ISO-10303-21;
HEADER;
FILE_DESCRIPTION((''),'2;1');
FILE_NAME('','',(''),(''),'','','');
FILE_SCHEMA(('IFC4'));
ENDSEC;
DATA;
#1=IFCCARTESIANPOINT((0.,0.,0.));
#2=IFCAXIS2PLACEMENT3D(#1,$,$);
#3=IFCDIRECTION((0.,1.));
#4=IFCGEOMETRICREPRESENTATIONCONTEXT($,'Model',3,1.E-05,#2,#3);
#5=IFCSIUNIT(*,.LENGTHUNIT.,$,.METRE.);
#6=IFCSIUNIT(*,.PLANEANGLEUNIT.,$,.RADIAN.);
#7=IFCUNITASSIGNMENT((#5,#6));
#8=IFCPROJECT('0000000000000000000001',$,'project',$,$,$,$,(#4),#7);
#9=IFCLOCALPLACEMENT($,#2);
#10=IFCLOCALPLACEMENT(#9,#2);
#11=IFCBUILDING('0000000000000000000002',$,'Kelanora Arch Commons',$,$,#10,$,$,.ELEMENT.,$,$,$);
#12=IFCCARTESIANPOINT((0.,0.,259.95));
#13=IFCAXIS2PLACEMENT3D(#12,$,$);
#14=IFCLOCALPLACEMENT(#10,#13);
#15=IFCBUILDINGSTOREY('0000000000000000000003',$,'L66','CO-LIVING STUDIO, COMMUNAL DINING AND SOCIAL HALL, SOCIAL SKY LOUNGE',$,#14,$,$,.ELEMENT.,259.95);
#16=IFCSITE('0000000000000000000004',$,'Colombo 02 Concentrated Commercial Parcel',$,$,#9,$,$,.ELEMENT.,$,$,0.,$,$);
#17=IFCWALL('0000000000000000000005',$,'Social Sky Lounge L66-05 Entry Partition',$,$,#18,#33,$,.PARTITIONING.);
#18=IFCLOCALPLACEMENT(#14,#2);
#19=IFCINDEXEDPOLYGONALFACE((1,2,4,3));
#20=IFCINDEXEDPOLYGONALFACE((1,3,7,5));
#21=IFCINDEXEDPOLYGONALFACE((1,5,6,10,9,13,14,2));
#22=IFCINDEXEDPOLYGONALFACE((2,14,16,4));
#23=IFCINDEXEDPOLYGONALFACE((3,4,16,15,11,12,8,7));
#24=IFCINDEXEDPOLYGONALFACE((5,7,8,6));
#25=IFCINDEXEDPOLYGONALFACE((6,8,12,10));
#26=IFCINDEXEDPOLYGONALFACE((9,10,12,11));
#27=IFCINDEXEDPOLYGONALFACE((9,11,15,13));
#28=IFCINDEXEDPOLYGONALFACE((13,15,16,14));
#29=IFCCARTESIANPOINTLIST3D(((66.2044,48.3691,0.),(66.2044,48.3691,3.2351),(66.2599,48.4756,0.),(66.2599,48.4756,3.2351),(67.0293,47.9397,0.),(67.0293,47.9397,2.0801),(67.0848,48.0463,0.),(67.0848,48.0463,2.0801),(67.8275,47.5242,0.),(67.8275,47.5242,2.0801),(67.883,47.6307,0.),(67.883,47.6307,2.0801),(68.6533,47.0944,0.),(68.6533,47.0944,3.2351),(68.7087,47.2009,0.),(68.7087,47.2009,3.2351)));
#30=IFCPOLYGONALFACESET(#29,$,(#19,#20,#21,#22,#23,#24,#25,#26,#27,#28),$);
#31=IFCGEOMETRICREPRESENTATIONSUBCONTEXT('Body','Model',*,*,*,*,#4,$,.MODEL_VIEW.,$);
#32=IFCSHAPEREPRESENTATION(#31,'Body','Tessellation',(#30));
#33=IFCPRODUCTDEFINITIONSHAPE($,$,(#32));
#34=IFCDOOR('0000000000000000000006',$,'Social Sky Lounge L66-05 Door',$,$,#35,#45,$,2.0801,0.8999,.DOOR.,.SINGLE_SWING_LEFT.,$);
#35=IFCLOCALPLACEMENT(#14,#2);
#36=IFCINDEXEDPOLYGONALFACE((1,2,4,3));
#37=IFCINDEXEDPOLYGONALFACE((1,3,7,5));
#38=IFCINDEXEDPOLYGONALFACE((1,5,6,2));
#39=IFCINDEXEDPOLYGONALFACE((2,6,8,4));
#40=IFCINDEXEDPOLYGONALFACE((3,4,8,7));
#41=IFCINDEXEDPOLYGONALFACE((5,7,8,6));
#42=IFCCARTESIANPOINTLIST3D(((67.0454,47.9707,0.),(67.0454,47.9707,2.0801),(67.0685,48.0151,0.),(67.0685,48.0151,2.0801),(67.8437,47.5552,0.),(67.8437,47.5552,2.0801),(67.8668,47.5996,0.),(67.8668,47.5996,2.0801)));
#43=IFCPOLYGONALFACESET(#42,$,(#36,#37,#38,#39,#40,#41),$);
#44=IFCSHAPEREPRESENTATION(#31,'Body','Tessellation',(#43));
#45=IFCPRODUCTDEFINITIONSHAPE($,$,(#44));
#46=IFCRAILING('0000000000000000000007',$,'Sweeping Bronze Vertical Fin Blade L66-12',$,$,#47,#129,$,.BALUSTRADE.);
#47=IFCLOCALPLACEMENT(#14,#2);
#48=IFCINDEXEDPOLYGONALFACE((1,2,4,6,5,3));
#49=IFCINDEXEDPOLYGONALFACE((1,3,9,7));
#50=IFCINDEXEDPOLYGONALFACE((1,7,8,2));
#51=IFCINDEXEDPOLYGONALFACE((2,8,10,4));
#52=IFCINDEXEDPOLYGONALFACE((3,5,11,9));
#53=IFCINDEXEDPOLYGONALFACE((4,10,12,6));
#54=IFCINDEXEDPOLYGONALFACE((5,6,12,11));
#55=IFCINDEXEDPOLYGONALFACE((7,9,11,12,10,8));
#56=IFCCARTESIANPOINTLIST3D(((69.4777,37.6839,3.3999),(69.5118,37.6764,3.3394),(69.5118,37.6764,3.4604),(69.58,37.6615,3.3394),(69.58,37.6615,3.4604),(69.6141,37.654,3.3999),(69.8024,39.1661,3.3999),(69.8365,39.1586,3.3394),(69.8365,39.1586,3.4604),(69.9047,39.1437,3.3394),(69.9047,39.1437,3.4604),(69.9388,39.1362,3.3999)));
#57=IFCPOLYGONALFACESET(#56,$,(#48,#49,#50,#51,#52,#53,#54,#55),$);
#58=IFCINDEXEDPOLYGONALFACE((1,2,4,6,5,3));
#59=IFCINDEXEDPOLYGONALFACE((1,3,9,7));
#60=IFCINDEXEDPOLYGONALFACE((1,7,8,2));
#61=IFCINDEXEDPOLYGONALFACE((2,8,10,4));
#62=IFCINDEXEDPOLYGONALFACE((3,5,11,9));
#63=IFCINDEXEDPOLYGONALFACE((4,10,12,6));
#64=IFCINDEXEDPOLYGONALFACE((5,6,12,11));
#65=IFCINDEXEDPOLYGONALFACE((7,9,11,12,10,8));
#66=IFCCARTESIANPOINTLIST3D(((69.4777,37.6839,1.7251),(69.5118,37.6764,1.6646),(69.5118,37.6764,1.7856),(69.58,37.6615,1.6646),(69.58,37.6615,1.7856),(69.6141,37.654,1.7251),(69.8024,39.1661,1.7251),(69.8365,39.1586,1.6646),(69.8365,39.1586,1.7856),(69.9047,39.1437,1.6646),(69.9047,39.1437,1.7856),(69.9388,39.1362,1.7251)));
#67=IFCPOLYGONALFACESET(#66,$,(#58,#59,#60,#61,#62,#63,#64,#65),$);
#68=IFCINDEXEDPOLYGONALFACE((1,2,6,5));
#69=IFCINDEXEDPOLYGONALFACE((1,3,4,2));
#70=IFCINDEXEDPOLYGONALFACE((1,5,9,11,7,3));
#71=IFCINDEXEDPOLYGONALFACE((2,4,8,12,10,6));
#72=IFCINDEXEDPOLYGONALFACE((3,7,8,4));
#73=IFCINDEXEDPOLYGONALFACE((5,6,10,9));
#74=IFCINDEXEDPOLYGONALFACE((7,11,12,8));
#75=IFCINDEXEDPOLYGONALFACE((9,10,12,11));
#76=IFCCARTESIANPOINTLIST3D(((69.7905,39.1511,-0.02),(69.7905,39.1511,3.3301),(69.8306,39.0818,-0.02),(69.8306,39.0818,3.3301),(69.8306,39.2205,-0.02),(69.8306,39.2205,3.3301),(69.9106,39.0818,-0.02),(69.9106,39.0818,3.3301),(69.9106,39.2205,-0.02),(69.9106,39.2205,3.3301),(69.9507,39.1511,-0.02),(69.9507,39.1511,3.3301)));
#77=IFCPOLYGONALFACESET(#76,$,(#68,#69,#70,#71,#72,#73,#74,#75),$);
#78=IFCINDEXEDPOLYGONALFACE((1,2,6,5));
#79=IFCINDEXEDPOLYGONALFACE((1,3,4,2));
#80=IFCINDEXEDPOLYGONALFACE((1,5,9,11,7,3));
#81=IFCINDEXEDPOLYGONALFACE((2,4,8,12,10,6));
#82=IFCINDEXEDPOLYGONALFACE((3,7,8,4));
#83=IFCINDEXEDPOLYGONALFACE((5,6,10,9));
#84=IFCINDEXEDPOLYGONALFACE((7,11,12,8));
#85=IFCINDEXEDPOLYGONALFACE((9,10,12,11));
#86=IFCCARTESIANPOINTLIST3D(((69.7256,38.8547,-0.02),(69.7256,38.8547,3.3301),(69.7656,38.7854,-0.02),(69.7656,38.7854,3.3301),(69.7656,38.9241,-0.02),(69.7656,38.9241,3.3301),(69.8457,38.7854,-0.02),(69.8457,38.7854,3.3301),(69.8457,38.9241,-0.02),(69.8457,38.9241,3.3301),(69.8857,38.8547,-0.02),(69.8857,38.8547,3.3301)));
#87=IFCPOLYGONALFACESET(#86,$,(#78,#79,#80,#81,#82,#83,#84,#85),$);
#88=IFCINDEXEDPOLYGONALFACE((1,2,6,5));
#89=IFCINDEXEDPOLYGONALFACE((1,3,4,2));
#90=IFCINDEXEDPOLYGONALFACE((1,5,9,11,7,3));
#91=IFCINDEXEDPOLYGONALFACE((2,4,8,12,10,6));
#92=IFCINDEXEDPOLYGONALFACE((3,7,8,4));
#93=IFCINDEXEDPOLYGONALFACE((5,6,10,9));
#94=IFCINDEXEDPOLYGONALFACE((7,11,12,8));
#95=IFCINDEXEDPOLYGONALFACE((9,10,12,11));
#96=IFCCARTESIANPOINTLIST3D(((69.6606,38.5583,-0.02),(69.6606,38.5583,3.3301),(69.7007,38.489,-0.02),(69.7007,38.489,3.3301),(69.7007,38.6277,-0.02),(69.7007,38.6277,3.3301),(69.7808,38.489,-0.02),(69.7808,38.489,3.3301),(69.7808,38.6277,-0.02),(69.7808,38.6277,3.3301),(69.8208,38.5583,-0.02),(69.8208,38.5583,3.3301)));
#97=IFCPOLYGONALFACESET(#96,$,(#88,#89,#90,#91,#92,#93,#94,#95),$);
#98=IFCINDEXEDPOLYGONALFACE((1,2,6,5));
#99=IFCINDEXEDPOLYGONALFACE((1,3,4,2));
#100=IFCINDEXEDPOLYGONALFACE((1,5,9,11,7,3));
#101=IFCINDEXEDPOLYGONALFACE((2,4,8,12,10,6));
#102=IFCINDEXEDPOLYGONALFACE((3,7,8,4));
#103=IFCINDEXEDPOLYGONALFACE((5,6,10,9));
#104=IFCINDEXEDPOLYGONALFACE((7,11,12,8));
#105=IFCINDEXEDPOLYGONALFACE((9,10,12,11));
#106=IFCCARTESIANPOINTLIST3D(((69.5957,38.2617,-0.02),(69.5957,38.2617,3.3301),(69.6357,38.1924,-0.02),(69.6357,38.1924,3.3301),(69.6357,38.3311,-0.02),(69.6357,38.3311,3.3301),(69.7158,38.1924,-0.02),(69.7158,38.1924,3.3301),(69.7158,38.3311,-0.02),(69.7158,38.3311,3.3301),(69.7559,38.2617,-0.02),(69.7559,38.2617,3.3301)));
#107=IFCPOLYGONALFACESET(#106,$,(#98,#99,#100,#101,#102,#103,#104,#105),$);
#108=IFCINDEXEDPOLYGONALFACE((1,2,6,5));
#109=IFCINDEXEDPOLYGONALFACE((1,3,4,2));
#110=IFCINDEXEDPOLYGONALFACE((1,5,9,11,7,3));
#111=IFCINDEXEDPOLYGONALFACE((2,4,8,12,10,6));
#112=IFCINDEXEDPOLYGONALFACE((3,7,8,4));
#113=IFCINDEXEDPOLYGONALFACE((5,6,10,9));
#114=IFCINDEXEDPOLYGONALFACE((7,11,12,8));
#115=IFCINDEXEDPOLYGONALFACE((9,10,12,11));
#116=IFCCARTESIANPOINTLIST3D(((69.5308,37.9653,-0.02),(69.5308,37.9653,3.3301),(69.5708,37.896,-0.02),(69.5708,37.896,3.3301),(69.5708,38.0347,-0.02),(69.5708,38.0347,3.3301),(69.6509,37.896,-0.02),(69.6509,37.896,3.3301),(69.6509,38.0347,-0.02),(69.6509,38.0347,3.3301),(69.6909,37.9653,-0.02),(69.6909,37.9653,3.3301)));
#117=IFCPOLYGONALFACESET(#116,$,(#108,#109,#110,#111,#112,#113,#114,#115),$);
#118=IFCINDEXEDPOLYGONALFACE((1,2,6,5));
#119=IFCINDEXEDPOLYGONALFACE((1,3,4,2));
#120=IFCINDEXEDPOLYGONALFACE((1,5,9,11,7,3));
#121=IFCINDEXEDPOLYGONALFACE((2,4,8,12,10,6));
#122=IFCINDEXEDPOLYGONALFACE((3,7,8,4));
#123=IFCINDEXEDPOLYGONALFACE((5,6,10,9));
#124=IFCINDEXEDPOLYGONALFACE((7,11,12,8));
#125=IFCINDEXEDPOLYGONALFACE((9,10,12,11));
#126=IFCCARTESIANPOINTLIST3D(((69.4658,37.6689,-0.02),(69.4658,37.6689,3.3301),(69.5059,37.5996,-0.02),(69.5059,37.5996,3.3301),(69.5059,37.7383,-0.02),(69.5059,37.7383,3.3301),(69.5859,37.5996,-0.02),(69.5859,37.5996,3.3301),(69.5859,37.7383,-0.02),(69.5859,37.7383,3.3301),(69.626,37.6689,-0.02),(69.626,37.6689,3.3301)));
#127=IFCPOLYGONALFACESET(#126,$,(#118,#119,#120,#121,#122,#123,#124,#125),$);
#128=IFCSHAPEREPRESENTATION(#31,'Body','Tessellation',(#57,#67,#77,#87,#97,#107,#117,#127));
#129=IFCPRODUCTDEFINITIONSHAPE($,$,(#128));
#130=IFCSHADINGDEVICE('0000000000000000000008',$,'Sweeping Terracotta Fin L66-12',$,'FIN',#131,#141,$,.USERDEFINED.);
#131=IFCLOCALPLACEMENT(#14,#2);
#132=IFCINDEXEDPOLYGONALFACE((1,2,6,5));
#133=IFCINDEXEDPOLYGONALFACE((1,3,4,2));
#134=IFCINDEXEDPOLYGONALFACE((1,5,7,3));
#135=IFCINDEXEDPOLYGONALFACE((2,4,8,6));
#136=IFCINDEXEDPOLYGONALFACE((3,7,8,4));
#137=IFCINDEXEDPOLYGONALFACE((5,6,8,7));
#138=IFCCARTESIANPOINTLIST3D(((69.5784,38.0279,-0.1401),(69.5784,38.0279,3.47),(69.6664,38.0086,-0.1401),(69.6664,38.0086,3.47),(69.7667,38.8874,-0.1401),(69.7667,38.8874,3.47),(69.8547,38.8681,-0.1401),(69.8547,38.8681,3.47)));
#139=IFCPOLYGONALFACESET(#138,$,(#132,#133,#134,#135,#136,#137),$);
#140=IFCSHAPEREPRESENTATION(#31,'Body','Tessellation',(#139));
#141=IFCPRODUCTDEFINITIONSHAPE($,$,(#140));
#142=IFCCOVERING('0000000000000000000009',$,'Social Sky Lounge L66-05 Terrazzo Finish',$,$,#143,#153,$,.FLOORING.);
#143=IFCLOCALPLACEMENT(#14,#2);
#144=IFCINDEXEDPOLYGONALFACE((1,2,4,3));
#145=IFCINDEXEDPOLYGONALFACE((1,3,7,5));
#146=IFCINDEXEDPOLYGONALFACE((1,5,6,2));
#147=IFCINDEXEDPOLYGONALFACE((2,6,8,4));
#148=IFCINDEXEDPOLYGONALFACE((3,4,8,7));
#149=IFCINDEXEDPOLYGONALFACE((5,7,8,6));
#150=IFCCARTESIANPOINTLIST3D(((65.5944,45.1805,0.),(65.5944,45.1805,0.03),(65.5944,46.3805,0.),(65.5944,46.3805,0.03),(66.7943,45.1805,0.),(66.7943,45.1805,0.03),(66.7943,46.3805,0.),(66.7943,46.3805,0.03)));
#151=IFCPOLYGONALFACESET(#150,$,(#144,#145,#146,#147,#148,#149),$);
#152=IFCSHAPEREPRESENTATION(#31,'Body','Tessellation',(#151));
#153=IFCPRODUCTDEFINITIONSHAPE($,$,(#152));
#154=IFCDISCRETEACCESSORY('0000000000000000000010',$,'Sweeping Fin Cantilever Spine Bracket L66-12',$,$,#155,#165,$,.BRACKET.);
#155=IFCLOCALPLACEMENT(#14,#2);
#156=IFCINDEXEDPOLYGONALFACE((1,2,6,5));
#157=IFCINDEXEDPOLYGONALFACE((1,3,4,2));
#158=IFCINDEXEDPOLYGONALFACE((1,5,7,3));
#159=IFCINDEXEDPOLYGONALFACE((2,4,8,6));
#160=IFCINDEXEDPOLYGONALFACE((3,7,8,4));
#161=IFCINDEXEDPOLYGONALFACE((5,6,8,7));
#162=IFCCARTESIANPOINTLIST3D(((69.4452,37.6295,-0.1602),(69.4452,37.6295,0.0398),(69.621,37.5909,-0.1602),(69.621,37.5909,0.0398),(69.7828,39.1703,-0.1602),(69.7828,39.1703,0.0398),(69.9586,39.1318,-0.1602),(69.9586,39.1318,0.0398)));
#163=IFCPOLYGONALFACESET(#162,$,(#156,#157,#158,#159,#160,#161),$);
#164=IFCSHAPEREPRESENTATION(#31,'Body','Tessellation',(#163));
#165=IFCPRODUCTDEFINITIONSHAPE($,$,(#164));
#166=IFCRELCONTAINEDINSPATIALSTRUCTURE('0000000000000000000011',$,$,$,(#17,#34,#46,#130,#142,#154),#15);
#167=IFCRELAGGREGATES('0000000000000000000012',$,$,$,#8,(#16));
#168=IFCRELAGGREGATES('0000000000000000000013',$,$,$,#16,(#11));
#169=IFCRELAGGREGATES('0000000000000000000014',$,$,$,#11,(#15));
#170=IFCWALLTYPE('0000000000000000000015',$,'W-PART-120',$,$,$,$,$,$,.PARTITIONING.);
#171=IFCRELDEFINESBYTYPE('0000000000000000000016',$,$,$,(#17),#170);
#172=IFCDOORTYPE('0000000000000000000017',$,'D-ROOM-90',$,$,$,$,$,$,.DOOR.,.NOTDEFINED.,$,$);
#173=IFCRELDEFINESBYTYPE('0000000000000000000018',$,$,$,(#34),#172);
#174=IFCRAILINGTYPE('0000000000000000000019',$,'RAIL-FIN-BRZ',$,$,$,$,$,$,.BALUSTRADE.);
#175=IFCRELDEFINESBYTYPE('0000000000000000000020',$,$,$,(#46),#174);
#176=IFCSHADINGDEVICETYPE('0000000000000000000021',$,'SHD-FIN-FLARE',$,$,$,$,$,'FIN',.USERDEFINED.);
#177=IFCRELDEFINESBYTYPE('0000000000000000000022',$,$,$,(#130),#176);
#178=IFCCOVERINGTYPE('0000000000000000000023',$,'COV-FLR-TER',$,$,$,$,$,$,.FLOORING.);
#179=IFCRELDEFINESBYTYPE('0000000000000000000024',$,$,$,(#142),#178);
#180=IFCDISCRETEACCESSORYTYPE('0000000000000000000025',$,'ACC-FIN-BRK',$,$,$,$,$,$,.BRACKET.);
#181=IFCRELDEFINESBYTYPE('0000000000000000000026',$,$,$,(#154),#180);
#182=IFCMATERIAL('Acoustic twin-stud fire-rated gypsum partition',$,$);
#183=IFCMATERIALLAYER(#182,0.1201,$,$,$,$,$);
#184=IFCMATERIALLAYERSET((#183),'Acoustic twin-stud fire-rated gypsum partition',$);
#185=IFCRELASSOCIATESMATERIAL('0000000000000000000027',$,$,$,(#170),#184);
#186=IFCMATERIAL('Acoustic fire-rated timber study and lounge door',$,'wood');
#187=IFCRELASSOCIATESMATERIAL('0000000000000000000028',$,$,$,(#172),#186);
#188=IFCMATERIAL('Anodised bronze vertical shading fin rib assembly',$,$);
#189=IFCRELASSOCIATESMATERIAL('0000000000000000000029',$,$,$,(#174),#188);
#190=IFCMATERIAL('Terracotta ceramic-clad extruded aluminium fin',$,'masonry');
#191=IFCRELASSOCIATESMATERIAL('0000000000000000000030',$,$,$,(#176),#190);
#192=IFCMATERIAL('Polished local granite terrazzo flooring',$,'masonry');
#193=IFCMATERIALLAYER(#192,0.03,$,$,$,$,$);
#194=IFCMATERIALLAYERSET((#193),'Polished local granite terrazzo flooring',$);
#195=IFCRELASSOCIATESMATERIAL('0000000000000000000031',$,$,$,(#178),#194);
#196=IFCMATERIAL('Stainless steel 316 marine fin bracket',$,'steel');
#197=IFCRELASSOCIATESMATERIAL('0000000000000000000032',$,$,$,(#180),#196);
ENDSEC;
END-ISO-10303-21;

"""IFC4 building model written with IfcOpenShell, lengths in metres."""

from ifc_helpers import new_model, si_unit, direction, frame, frame_2d, origin, origin_2d, place, context, subcontext, project, spatial, polyline, rectangle, outline, extrude, source, transform, mapped, material, layer, layer_set, type_object, element, fill, save


model = new_model("IFC4")

# Units and contexts
model_context = context("Model", 3, precision=1e-05, world=origin(), true_north=direction((0.0, 1.0)))
body_context = subcontext(model_context, "Body", "Model", "MODEL_VIEW")
ifc_project = project(units=[si_unit("LENGTHUNIT", "METRE"), si_unit("PLANEANGLEUNIT", "RADIAN")], contexts=[model_context])

# Site, building, storey
site_placement = place(None, origin())
site = spatial("IfcSite", under=ifc_project, at=site_placement, Name="Colombo 02 Concentrated Commercial Parcel", CompositionType="ELEMENT", RefElevation=0.0)
building_placement = place(site_placement, origin())
building = spatial("IfcBuilding", under=site, at=building_placement, Name="Kelanora Arch Commons", CompositionType="ELEMENT")
storey_placement = place(building_placement, frame((0.0, 0.0, 259.95)))
storey = spatial("IfcBuildingStorey", under=building, at=storey_placement, Name="L66", Description="CO-LIVING STUDIO, COMMUNAL DINING AND SOCIAL HALL, SOCIAL SKY LOUNGE", CompositionType="ELEMENT", Elevation=259.95)

# Wall, opening, door
ifc_material_1 = material(Name="Acoustic twin-stud fire-rated gypsum partition")
ifc_layer_1 = layer(ifc_material_1, 0.1201)
ifc_layer_set_1 = layer_set([ifc_layer_1], Name="Acoustic twin-stud fire-rated gypsum partition")
wall_type_1 = type_object("IfcWallType", Name="W-PART-120", PredefinedType="PARTITIONING", material=ifc_layer_set_1)
wall_1_placement = place(storey_placement, frame((66.2322, 48.4224, 0.0), z_axis=(0.0, 0.0, 1.0), x_axis=(0.887021, -0.461729, 0.0)))
wall_1 = element("IfcWall", 1, at=wall_1_placement, inside=storey, type_object=wall_type_1, Name="Social Sky Lounge L66-05 Entry Partition", PredefinedType="PARTITIONING", context=body_context, shape_type="SweptSolid", body=[
    extrude(rectangle(XDim=2.7607, YDim=0.1201, at=frame_2d((1.3804, 0.0))), origin(), (0.0, 0.0, 1.0), 3.2351),
])
opening_1_placement = place(wall_1_placement, frame((0.9299, 0.0, 0.0)))
opening_1 = element("IfcOpeningElement", 2, at=opening_1_placement, cuts=wall_1, PredefinedType="OPENING", context=body_context, shape_type="SweptSolid", body=[
    extrude(rectangle(XDim=0.8999, YDim=2.0801, at=frame_2d((0.45, 1.04))), frame((0.0, 0.0701, 0.0), z_axis=(0.0, -1.0, 0.0), x_axis=(1.0, 0.0, 0.0)), (0.0, 0.0, 1.0), 0.1401),
])
ifc_material_2 = material(Name="Acoustic fire-rated timber study and lounge door", Category="wood")
door_type = type_object("IfcDoorType", Name="D-ROOM-90", OperationType="NOTDEFINED", PredefinedType="DOOR", material=ifc_material_2)
door_placement = place(opening_1_placement, origin())
door = element("IfcDoor", 3, at=door_placement, inside=storey, type_object=door_type, Name="Social Sky Lounge L66-05 Door", OperationType="SINGLE_SWING_LEFT", OverallHeight=2.0801, OverallWidth=0.8999, PredefinedType="DOOR", context=body_context, shape_type="SweptSolid", body=[
    extrude(rectangle(XDim=0.8999, YDim=2.0801, at=frame_2d((0.45, 1.04))), frame((0.0, 0.0249, 0.0), z_axis=(0.0, -1.0, 0.0), x_axis=(1.0, 0.0, 0.0)), (0.0, 0.0, 1.0), 0.05),
])
fill(opening_1, door)

# Railing
ifc_material_3 = material(Name="Anodised bronze vertical shading fin rib assembly")
railing_type = type_object("IfcRailingType", Name="RAIL-FIN-BRZ", PredefinedType="BALUSTRADE", material=ifc_material_3)
railing_placement = place(storey_placement, frame((69.8706, 39.1511, -0.02)))
element("IfcRailing", 4, at=railing_placement, inside=storey, type_object=railing_type, Name="Sweeping Bronze Vertical Fin Blade L66-12", PredefinedType="BALUSTRADE", context=body_context, shape_type="SweptSolid", body=[
    extrude(outline(polyline([(0.0698, 0.0), (0.0349, 0.0605), (-0.0349, 0.0605), (-0.0698, 0.0), (-0.0349, -0.0605), (0.0349, -0.0605), (0.0698, 0.0)])), frame((0.0, 0.0, 3.4199), z_axis=(-0.213999, -0.976834, 0.0), x_axis=(0.976834, -0.213999, 0.0)), (0.0, 0.0, 1.0), 1.5173),
    extrude(outline(polyline([(0.0698, 0.0), (0.0349, 0.0605), (-0.0349, 0.0605), (-0.0698, 0.0), (-0.0349, -0.0605), (0.0349, -0.0605), (0.0698, 0.0)])), frame((0.0, 0.0, 1.7451), z_axis=(-0.213999, -0.976834, 0.0), x_axis=(0.976834, -0.213999, 0.0)), (0.0, 0.0, 1.0), 1.5173),
    extrude(outline(polyline([(0.0801, 0.0), (0.04, 0.0693), (-0.04, 0.0693), (-0.0801, 0.0), (-0.04, -0.0693), (0.04, -0.0693), (0.0801, 0.0)])), origin(), (0.0, 0.0, 1.0), 3.3501),
    extrude(outline(polyline([(0.0801, 0.0), (0.04, 0.0693), (-0.04, 0.0693), (-0.0801, 0.0), (-0.04, -0.0693), (0.04, -0.0693), (0.0801, 0.0)])), frame((-0.0649, -0.2964, 0.0)), (0.0, 0.0, 1.0), 3.3501),
    extrude(outline(polyline([(0.0801, 0.0), (0.04, 0.0693), (-0.04, 0.0693), (-0.0801, 0.0), (-0.04, -0.0693), (0.04, -0.0693), (0.0801, 0.0)])), frame((-0.1299, -0.5928, 0.0)), (0.0, 0.0, 1.0), 3.3501),
    extrude(outline(polyline([(0.0801, 0.0), (0.04, 0.0693), (-0.04, 0.0693), (-0.0801, 0.0), (-0.04, -0.0693), (0.04, -0.0693), (0.0801, 0.0)])), frame((-0.1948, -0.8894, 0.0)), (0.0, 0.0, 1.0), 3.3501),
    extrude(outline(polyline([(0.0801, 0.0), (0.04, 0.0693), (-0.04, 0.0693), (-0.0801, 0.0), (-0.04, -0.0693), (0.04, -0.0693), (0.0801, 0.0)])), frame((-0.2598, -1.1858, 0.0)), (0.0, 0.0, 1.0), 3.3501),
    extrude(outline(polyline([(0.0801, 0.0), (0.04, 0.0693), (-0.04, 0.0693), (-0.0801, 0.0), (-0.04, -0.0693), (0.04, -0.0693), (0.0801, 0.0)])), frame((-0.3247, -1.4822, 0.0)), (0.0, 0.0, 1.0), 3.3501),
])

# Shading device
ifc_material_4 = material(Name="Terracotta ceramic-clad extruded aluminium fin", Category="masonry")
shading_device_type = type_object("IfcShadingDeviceType", Name="SHD-FIN-FLARE", ElementType="FIN", PredefinedType="USERDEFINED", material=ifc_material_4)
shared_shape_1 = source(origin(), body_context, "Body", "SweptSolid", [
    extrude(rectangle(XDim=0.8799, YDim=0.0901, at=origin_2d()), origin(), (0.0, 0.0, 1.0), 3.6101),
])
shading_device_placement = place(storey_placement, frame((69.7166, 38.448, -0.1401), z_axis=(0.0, 0.0, 1.0), x_axis=(-0.214053, -0.976822, 0.0)))
element("IfcShadingDevice", 5, at=shading_device_placement, inside=storey, type_object=shading_device_type, Name="Sweeping Terracotta Fin L66-12", ObjectType="FIN", PredefinedType="USERDEFINED", context=body_context, shape_type="MappedRepresentation", body=[
    mapped(shared_shape_1, transform((0.0, 0.0, 0.0), scale=1.0)),
])

# Covering
ifc_material_5 = material(Name="Polished local granite terrazzo flooring", Category="masonry")
ifc_layer_2 = layer(ifc_material_5, 0.03)
ifc_layer_set_2 = layer_set([ifc_layer_2], Name="Polished local granite terrazzo flooring")
covering_type = type_object("IfcCoveringType", Name="COV-FLR-TER", PredefinedType="FLOORING", material=ifc_layer_set_2)
shared_shape_2 = source(origin(), body_context, "Body", "SweptSolid", [
    extrude(rectangle(XDim=1.2, YDim=1.2, at=origin_2d()), origin(), (0.0, 0.0, 1.0), 0.03),
])
covering_placement = place(storey_placement, frame((66.1943, 45.7805, 0.0), z_axis=(0.0, 0.0, 1.0), x_axis=(1.0, 0.0, 0.0)))
element("IfcCovering", 6, at=covering_placement, inside=storey, type_object=covering_type, Name="Social Sky Lounge L66-05 Terrazzo Finish", PredefinedType="FLOORING", context=body_context, shape_type="MappedRepresentation", body=[
    mapped(shared_shape_2, transform((0.0, 0.0, 0.0), scale=1.0)),
])

# Discrete accessory
ifc_material_6 = material(Name="Stainless steel 316 marine fin bracket", Category="steel")
discrete_accessory_type = type_object("IfcDiscreteAccessoryType", Name="ACC-FIN-BRK", PredefinedType="BRACKET", material=ifc_material_6)
shared_shape_3 = source(origin(), body_context, "Body", "SweptSolid", [
    extrude(rectangle(XDim=1.5774, YDim=0.1799, at=origin_2d()), origin(), (0.0, 0.0, 1.0), 0.2),
])
discrete_accessory_placement = place(storey_placement, frame((69.7019, 38.3806, -0.1602), z_axis=(0.0, 0.0, 1.0), x_axis=(-0.214053, -0.976822, 0.0)))
element("IfcDiscreteAccessory", 7, at=discrete_accessory_placement, inside=storey, type_object=discrete_accessory_type, Name="Sweeping Fin Cantilever Spine Bracket L66-12", PredefinedType="BRACKET", context=body_context, shape_type="MappedRepresentation", body=[
    mapped(shared_shape_3, transform((0.0, 0.0, 0.0), scale=1.0)),
])

save(model, "model.ifc")
